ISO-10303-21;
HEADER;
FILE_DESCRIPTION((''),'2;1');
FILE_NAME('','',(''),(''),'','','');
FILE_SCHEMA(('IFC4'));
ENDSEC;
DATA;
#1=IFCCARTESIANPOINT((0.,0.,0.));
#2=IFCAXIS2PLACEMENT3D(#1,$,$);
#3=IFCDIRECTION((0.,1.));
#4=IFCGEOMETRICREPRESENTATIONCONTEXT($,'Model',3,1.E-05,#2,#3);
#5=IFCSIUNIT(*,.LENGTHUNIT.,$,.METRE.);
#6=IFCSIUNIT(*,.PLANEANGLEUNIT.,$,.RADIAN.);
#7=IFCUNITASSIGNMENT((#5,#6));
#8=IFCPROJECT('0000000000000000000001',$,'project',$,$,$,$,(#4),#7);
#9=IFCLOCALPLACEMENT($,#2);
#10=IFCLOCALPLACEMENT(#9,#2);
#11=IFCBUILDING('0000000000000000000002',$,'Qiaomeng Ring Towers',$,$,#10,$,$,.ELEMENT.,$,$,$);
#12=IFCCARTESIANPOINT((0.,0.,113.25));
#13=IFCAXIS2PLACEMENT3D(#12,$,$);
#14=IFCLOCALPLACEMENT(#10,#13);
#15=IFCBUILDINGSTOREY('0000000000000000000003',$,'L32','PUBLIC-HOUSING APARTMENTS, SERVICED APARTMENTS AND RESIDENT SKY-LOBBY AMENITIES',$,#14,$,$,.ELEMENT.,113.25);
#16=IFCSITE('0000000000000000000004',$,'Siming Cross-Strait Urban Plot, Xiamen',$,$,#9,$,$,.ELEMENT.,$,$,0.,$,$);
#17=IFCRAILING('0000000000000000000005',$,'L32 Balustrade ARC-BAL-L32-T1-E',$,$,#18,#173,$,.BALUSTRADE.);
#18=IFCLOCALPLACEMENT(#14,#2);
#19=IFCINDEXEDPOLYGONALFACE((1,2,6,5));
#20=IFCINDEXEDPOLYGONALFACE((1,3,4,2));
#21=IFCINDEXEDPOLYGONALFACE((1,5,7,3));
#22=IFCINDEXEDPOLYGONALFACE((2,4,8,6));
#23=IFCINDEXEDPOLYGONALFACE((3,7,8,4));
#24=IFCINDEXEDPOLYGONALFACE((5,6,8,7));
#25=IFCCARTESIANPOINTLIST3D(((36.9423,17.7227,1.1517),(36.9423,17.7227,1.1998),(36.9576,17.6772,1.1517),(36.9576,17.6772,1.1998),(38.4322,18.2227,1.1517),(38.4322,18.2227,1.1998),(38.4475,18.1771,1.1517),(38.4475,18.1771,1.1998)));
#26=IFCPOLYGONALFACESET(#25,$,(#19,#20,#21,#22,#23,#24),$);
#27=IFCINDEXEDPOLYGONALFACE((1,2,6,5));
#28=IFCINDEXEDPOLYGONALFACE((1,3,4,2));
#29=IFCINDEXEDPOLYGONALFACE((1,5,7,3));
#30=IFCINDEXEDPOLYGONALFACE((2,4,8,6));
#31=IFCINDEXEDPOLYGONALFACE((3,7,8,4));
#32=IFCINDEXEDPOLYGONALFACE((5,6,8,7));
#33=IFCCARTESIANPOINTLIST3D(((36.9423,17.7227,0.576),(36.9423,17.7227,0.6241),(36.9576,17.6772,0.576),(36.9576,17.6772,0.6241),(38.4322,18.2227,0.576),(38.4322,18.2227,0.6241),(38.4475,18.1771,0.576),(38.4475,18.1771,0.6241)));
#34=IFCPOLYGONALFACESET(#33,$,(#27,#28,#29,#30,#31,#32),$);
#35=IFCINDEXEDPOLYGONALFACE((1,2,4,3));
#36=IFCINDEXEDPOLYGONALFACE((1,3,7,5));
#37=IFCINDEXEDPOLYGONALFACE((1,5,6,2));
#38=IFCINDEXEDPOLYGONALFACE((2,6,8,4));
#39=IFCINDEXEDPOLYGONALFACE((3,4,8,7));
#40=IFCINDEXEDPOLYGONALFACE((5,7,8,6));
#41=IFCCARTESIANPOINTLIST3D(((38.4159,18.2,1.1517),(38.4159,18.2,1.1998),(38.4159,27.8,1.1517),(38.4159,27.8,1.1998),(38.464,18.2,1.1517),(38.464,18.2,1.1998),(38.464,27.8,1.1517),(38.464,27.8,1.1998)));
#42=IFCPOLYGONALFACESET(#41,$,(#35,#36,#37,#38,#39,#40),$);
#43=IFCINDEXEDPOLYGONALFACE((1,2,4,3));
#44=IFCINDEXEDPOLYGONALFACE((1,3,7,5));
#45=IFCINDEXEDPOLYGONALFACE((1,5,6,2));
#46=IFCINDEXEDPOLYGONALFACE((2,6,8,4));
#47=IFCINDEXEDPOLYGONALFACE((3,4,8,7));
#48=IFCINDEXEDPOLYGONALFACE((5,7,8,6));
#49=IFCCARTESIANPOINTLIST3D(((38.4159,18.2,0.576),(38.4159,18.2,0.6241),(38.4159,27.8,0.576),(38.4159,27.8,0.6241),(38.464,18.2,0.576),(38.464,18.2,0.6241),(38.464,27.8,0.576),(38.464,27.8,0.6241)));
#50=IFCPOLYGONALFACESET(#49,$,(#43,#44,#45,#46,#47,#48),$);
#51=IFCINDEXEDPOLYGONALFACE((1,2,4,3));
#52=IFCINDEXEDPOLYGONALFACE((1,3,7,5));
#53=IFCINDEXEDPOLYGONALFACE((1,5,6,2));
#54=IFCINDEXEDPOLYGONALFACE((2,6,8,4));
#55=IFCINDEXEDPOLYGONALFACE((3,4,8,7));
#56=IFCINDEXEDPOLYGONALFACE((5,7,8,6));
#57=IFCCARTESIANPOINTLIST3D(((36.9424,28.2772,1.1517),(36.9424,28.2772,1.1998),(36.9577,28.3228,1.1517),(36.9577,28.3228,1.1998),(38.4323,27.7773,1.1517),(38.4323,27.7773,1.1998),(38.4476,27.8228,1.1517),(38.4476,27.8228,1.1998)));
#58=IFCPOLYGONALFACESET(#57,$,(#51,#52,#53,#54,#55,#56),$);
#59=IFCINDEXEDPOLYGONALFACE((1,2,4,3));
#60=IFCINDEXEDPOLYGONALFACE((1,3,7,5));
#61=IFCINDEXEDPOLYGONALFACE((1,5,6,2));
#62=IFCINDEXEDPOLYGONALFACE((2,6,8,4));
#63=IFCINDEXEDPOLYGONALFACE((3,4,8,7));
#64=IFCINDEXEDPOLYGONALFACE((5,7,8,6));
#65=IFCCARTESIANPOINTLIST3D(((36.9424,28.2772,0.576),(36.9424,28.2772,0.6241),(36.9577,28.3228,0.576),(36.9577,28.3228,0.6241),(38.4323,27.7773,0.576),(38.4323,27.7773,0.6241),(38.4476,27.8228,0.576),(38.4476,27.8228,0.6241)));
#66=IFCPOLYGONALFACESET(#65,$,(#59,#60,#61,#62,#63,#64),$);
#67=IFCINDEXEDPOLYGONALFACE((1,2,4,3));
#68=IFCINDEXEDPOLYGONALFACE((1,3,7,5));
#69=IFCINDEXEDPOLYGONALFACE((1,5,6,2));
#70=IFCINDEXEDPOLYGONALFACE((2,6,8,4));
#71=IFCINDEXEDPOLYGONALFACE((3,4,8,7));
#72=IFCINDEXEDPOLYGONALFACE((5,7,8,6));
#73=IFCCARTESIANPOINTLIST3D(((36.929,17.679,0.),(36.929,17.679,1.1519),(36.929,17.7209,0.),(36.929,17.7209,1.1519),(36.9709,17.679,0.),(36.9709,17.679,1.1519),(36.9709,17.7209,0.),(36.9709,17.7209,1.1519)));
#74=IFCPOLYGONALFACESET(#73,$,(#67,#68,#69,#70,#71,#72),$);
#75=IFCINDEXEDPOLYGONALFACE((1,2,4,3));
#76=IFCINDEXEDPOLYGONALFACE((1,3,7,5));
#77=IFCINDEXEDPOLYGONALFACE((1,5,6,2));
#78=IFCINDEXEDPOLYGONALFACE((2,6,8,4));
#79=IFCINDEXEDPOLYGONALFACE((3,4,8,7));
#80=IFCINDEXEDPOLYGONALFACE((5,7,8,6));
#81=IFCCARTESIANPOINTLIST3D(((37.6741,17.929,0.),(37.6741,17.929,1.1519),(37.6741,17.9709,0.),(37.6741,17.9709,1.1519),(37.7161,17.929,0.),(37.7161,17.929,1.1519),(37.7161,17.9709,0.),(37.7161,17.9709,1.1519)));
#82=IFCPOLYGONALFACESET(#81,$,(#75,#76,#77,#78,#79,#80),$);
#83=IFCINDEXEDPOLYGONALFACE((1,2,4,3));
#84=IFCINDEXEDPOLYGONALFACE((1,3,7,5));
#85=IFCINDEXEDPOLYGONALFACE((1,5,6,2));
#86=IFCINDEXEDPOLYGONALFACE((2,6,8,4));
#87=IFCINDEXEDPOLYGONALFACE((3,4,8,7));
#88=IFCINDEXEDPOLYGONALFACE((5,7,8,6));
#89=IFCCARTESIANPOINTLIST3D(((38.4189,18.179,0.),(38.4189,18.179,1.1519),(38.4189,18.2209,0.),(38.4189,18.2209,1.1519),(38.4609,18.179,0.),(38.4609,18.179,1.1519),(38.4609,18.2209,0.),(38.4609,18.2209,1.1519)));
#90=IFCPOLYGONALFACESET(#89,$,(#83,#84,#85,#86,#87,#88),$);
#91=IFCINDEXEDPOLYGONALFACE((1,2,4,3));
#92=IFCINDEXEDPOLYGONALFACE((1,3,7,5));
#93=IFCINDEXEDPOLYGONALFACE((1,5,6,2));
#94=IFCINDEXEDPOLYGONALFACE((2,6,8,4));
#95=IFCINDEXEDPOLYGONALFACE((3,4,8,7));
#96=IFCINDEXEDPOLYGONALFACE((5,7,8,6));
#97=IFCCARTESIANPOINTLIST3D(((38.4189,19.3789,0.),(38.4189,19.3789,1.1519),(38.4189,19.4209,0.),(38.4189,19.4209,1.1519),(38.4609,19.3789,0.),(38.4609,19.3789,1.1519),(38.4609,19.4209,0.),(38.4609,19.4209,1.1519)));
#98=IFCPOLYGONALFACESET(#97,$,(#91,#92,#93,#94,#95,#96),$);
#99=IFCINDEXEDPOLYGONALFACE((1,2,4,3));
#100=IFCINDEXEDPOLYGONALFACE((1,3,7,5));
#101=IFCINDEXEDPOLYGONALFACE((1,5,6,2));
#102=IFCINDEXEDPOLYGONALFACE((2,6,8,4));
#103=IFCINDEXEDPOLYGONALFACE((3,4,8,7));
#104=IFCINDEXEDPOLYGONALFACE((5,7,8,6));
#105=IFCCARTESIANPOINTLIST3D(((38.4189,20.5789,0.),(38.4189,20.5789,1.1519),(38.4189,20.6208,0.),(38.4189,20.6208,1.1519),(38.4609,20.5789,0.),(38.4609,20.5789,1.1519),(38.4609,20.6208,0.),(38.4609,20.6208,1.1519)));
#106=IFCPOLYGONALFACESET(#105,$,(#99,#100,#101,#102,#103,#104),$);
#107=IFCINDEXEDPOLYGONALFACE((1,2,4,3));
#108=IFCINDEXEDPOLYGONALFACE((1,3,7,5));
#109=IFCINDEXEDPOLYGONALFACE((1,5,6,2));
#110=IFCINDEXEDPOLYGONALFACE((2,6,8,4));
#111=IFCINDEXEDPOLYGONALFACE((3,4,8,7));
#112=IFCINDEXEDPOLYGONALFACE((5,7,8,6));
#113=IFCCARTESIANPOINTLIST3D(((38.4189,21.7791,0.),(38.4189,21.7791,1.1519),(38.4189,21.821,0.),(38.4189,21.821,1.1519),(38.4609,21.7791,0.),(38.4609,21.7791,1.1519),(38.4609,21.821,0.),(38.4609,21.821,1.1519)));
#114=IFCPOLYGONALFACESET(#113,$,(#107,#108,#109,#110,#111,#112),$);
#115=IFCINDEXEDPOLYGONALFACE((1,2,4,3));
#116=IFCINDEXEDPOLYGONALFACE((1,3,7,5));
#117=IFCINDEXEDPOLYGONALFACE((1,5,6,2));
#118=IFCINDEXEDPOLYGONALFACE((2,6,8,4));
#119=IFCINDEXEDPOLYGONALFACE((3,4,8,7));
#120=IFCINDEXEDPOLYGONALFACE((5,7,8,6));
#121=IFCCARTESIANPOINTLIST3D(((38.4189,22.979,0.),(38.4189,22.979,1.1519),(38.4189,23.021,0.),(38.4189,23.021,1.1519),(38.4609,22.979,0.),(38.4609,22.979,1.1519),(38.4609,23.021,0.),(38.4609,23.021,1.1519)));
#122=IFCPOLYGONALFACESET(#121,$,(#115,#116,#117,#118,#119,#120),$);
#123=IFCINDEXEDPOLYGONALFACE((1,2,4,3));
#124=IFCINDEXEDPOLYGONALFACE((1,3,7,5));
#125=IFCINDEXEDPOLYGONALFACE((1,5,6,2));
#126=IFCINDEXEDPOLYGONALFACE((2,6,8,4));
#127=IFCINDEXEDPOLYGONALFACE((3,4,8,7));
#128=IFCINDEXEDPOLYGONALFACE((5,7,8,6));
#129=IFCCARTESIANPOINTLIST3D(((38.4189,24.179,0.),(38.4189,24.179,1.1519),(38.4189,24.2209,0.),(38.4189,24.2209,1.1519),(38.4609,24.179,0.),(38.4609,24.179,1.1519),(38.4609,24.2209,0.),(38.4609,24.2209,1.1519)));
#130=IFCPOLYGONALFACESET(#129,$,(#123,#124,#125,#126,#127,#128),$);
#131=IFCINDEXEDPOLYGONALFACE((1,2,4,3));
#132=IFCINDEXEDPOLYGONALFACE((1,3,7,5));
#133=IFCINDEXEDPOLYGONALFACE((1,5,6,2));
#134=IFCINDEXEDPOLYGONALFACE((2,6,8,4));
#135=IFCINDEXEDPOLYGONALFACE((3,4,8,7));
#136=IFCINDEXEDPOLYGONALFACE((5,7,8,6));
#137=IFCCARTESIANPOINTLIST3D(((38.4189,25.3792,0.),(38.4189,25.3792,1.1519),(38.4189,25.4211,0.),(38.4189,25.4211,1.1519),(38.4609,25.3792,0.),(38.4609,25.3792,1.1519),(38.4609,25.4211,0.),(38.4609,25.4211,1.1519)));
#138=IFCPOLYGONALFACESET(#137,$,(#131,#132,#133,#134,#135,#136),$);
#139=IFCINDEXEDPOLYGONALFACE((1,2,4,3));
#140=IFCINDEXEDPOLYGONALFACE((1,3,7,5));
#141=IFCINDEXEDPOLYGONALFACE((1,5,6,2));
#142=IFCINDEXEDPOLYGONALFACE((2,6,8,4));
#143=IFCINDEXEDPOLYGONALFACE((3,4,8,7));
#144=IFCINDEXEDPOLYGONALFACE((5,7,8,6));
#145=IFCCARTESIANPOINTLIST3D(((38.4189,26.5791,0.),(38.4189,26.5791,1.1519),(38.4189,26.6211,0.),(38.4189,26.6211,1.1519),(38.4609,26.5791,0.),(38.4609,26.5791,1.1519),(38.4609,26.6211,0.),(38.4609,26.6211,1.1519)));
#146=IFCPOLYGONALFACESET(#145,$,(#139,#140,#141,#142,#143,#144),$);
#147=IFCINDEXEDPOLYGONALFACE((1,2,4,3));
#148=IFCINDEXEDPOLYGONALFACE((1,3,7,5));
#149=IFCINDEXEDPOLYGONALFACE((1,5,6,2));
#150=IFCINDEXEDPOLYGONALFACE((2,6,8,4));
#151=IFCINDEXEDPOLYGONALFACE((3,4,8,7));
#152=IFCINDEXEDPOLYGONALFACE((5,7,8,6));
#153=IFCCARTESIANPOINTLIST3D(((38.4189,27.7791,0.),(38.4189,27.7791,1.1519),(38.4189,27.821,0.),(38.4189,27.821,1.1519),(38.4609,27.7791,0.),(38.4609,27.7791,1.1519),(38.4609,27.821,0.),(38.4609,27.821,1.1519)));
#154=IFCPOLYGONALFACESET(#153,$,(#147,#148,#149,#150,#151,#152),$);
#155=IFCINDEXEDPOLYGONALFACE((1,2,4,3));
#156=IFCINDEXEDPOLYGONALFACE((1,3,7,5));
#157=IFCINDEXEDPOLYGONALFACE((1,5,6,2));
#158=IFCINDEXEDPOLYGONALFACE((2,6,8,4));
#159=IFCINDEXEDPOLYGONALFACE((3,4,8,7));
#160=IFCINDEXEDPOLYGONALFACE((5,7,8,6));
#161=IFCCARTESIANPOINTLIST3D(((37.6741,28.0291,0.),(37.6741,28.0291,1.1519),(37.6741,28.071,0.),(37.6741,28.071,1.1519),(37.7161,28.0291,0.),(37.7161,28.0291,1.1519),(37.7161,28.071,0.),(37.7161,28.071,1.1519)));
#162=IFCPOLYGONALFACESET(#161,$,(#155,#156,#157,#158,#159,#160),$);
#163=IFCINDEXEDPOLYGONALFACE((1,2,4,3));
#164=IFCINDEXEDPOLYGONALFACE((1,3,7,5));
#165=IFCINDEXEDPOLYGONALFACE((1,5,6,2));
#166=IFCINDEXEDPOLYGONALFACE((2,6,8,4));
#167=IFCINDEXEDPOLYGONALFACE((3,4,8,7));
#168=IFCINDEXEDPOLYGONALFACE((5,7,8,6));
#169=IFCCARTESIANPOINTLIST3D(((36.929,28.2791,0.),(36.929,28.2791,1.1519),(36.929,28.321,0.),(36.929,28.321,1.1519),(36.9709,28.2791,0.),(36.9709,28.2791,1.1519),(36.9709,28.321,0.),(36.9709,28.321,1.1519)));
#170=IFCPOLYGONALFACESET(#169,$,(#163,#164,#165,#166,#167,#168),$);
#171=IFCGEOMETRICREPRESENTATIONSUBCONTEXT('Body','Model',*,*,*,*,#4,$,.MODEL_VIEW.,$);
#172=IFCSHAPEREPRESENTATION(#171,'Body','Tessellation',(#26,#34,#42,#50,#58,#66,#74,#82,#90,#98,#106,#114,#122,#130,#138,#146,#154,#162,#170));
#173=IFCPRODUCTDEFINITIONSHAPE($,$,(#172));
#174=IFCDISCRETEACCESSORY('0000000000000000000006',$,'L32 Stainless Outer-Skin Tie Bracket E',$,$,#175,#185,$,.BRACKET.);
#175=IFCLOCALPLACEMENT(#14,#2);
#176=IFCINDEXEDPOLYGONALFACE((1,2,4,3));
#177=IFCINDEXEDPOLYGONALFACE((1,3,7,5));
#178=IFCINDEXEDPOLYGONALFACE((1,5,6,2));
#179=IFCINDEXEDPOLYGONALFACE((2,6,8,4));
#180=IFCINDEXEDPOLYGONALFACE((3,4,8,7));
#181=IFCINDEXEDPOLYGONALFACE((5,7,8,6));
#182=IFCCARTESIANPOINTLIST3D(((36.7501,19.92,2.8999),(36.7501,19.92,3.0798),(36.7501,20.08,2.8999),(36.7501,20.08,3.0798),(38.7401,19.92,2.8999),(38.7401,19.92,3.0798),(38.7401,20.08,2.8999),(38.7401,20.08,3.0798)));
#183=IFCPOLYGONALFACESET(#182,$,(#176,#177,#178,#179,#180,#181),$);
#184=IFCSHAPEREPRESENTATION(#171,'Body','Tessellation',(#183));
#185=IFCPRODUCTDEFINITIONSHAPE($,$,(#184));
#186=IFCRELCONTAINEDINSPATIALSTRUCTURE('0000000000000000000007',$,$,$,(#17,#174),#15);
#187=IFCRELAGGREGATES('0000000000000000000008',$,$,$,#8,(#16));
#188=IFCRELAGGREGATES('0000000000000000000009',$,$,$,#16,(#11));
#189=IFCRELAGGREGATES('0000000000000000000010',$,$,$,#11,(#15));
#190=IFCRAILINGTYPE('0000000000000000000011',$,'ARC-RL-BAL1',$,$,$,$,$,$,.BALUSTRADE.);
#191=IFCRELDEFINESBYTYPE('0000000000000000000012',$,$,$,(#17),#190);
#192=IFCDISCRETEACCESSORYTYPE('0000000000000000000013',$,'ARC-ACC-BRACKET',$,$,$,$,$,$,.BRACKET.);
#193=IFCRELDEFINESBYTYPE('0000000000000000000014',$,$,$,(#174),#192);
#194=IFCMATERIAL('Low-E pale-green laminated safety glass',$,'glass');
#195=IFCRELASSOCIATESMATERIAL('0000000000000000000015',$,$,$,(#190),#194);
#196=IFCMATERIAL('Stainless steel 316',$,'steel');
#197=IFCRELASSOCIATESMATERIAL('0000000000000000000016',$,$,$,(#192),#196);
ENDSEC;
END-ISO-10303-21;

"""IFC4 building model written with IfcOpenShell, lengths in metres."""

from ifc_helpers import new_model, si_unit, direction, frame, origin, origin_2d, place, context, subcontext, project, spatial, rectangle, extrude, source, transform, mapped, material, type_object, element, save


model = new_model("IFC4")

# Units and contexts
model_context = context("Model", 3, precision=1e-05, world=origin(), true_north=direction((0.0, 1.0)))
body_context = subcontext(model_context, "Body", "Model", "MODEL_VIEW")
ifc_project = project(units=[si_unit("LENGTHUNIT", "METRE"), si_unit("PLANEANGLEUNIT", "RADIAN")], contexts=[model_context])

# Site, building, storey
site_placement = place(None, origin())
site = spatial("IfcSite", under=ifc_project, at=site_placement, Name="Siming Cross-Strait Urban Plot, Xiamen", CompositionType="ELEMENT", RefElevation=0.0)
building_placement = place(site_placement, origin())
building = spatial("IfcBuilding", under=site, at=building_placement, Name="Qiaomeng Ring Towers", CompositionType="ELEMENT")
storey_placement = place(building_placement, frame((0.0, 0.0, 113.25)))
storey = spatial("IfcBuildingStorey", under=building, at=storey_placement, Name="L32", Description="PUBLIC-HOUSING APARTMENTS, SERVICED APARTMENTS AND RESIDENT SKY-LOBBY AMENITIES", CompositionType="ELEMENT", Elevation=113.25)

# Shared definitions
ifc_material_1 = material(Name="Stainless steel 316", Category="steel")

# Railing
ifc_material_2 = material(Name="Low-E pale-green laminated safety glass", Category="glass")
railing_type = type_object("IfcRailingType", Name="ARC-RL-BAL1", PredefinedType="BALUSTRADE", material=ifc_material_2)
railing_1_placement = place(storey_placement, frame((36.95, 17.7, 0.0)))
element("IfcRailing", 1, at=railing_1_placement, inside=storey, type_object=railing_type, Name="L32 Balustrade ARC-BAL-L32-T1-E", PredefinedType="BALUSTRADE", context=body_context, shape_type="SweptSolid", body=[
    extrude(rectangle(XDim=0.0481, YDim=0.0481, at=origin_2d()), frame((0.0, 0.0, 1.1758), z_axis=(0.948044, 0.318138, 0.0), x_axis=(-0.318138, 0.948044, 0.0)), (0.0, 0.0, 1.0), 1.5715),
    extrude(rectangle(XDim=0.0481, YDim=0.0481, at=origin_2d()), frame((0.0, 0.0, 0.6001), z_axis=(0.948044, 0.318138, 0.0), x_axis=(-0.318138, 0.948044, 0.0)), (0.0, 0.0, 1.0), 1.5715),
    extrude(rectangle(XDim=0.0481, YDim=0.0481, at=origin_2d()), frame((1.49, 0.5, 1.1758), z_axis=(0.0, 1.0, 0.0), x_axis=(-1.0, 0.0, 0.0)), (0.0, 0.0, 1.0), 9.6001),
    extrude(rectangle(XDim=0.0481, YDim=0.0481, at=origin_2d()), frame((1.49, 0.5, 0.6001), z_axis=(0.0, 1.0, 0.0), x_axis=(-1.0, 0.0, 0.0)), (0.0, 0.0, 1.0), 9.6001),
    extrude(rectangle(XDim=0.0481, YDim=0.0481, at=origin_2d()), frame((1.49, 10.1001, 1.1758), z_axis=(-0.948044, 0.318138, 0.0), x_axis=(-0.318138, -0.948044, 0.0)), (0.0, 0.0, 1.0), 1.5715),
    extrude(rectangle(XDim=0.0481, YDim=0.0481, at=origin_2d()), frame((1.49, 10.1001, 0.6001), z_axis=(-0.948044, 0.318138, 0.0), x_axis=(-0.318138, -0.948044, 0.0)), (0.0, 0.0, 1.0), 1.5715),
    extrude(rectangle(XDim=0.042, YDim=0.042, at=origin_2d()), origin(), (0.0, 0.0, 1.0), 1.1519),
    extrude(rectangle(XDim=0.042, YDim=0.042, at=origin_2d()), frame((0.7451, 0.25, 0.0)), (0.0, 0.0, 1.0), 1.1519),
    extrude(rectangle(XDim=0.042, YDim=0.042, at=origin_2d()), frame((1.49, 0.5, 0.0)), (0.0, 0.0, 1.0), 1.1519),
    extrude(rectangle(XDim=0.042, YDim=0.042, at=origin_2d()), frame((1.49, 1.7, 0.0)), (0.0, 0.0, 1.0), 1.1519),
    extrude(rectangle(XDim=0.042, YDim=0.042, at=origin_2d()), frame((1.49, 2.8999, 0.0)), (0.0, 0.0, 1.0), 1.1519),
    extrude(rectangle(XDim=0.042, YDim=0.042, at=origin_2d()), frame((1.49, 4.1001, 0.0)), (0.0, 0.0, 1.0), 1.1519),
    extrude(rectangle(XDim=0.042, YDim=0.042, at=origin_2d()), frame((1.49, 5.3, 0.0)), (0.0, 0.0, 1.0), 1.1519),
    extrude(rectangle(XDim=0.042, YDim=0.042, at=origin_2d()), frame((1.49, 6.5, 0.0)), (0.0, 0.0, 1.0), 1.1519),
    extrude(rectangle(XDim=0.042, YDim=0.042, at=origin_2d()), frame((1.49, 7.7002, 0.0)), (0.0, 0.0, 1.0), 1.1519),
    extrude(rectangle(XDim=0.042, YDim=0.042, at=origin_2d()), frame((1.49, 8.9001, 0.0)), (0.0, 0.0, 1.0), 1.1519),
    extrude(rectangle(XDim=0.042, YDim=0.042, at=origin_2d()), frame((1.49, 10.1001, 0.0)), (0.0, 0.0, 1.0), 1.1519),
    extrude(rectangle(XDim=0.042, YDim=0.042, at=origin_2d()), frame((0.7451, 10.3501, 0.0)), (0.0, 0.0, 1.0), 1.1519),
    extrude(rectangle(XDim=0.042, YDim=0.042, at=origin_2d()), frame((0.0, 10.6001, 0.0)), (0.0, 0.0, 1.0), 1.1519),
])

# Discrete accessory
discrete_accessory_type = type_object("IfcDiscreteAccessoryType", Name="ARC-ACC-BRACKET", PredefinedType="BRACKET", material=ifc_material_1)
shared_shape_1 = source(origin(), body_context, "Body", "SweptSolid", [
    extrude(rectangle(XDim=1.99, YDim=0.1599, at=origin_2d()), origin(), (0.0, 0.0, 1.0), 0.1799),
])
discrete_accessory_placement = place(storey_placement, frame((37.7451, 20.0, 2.8999), z_axis=(0.0, 0.0, 1.0), x_axis=(1.0, 0.0, 0.0)))
element("IfcDiscreteAccessory", 2, at=discrete_accessory_placement, inside=storey, type_object=discrete_accessory_type, Name="L32 Stainless Outer-Skin Tie Bracket E", PredefinedType="BRACKET", context=body_context, shape_type="MappedRepresentation", body=[
    mapped(shared_shape_1, transform((0.0, 0.0, 0.0), x_axis=(1.0, 0.0, 0.0), y_axis=(0.0, 1.0, 0.0), z_axis=(0.0, 0.0, 1.0), scale=1.0)),
])

save(model, "model.ifc")
